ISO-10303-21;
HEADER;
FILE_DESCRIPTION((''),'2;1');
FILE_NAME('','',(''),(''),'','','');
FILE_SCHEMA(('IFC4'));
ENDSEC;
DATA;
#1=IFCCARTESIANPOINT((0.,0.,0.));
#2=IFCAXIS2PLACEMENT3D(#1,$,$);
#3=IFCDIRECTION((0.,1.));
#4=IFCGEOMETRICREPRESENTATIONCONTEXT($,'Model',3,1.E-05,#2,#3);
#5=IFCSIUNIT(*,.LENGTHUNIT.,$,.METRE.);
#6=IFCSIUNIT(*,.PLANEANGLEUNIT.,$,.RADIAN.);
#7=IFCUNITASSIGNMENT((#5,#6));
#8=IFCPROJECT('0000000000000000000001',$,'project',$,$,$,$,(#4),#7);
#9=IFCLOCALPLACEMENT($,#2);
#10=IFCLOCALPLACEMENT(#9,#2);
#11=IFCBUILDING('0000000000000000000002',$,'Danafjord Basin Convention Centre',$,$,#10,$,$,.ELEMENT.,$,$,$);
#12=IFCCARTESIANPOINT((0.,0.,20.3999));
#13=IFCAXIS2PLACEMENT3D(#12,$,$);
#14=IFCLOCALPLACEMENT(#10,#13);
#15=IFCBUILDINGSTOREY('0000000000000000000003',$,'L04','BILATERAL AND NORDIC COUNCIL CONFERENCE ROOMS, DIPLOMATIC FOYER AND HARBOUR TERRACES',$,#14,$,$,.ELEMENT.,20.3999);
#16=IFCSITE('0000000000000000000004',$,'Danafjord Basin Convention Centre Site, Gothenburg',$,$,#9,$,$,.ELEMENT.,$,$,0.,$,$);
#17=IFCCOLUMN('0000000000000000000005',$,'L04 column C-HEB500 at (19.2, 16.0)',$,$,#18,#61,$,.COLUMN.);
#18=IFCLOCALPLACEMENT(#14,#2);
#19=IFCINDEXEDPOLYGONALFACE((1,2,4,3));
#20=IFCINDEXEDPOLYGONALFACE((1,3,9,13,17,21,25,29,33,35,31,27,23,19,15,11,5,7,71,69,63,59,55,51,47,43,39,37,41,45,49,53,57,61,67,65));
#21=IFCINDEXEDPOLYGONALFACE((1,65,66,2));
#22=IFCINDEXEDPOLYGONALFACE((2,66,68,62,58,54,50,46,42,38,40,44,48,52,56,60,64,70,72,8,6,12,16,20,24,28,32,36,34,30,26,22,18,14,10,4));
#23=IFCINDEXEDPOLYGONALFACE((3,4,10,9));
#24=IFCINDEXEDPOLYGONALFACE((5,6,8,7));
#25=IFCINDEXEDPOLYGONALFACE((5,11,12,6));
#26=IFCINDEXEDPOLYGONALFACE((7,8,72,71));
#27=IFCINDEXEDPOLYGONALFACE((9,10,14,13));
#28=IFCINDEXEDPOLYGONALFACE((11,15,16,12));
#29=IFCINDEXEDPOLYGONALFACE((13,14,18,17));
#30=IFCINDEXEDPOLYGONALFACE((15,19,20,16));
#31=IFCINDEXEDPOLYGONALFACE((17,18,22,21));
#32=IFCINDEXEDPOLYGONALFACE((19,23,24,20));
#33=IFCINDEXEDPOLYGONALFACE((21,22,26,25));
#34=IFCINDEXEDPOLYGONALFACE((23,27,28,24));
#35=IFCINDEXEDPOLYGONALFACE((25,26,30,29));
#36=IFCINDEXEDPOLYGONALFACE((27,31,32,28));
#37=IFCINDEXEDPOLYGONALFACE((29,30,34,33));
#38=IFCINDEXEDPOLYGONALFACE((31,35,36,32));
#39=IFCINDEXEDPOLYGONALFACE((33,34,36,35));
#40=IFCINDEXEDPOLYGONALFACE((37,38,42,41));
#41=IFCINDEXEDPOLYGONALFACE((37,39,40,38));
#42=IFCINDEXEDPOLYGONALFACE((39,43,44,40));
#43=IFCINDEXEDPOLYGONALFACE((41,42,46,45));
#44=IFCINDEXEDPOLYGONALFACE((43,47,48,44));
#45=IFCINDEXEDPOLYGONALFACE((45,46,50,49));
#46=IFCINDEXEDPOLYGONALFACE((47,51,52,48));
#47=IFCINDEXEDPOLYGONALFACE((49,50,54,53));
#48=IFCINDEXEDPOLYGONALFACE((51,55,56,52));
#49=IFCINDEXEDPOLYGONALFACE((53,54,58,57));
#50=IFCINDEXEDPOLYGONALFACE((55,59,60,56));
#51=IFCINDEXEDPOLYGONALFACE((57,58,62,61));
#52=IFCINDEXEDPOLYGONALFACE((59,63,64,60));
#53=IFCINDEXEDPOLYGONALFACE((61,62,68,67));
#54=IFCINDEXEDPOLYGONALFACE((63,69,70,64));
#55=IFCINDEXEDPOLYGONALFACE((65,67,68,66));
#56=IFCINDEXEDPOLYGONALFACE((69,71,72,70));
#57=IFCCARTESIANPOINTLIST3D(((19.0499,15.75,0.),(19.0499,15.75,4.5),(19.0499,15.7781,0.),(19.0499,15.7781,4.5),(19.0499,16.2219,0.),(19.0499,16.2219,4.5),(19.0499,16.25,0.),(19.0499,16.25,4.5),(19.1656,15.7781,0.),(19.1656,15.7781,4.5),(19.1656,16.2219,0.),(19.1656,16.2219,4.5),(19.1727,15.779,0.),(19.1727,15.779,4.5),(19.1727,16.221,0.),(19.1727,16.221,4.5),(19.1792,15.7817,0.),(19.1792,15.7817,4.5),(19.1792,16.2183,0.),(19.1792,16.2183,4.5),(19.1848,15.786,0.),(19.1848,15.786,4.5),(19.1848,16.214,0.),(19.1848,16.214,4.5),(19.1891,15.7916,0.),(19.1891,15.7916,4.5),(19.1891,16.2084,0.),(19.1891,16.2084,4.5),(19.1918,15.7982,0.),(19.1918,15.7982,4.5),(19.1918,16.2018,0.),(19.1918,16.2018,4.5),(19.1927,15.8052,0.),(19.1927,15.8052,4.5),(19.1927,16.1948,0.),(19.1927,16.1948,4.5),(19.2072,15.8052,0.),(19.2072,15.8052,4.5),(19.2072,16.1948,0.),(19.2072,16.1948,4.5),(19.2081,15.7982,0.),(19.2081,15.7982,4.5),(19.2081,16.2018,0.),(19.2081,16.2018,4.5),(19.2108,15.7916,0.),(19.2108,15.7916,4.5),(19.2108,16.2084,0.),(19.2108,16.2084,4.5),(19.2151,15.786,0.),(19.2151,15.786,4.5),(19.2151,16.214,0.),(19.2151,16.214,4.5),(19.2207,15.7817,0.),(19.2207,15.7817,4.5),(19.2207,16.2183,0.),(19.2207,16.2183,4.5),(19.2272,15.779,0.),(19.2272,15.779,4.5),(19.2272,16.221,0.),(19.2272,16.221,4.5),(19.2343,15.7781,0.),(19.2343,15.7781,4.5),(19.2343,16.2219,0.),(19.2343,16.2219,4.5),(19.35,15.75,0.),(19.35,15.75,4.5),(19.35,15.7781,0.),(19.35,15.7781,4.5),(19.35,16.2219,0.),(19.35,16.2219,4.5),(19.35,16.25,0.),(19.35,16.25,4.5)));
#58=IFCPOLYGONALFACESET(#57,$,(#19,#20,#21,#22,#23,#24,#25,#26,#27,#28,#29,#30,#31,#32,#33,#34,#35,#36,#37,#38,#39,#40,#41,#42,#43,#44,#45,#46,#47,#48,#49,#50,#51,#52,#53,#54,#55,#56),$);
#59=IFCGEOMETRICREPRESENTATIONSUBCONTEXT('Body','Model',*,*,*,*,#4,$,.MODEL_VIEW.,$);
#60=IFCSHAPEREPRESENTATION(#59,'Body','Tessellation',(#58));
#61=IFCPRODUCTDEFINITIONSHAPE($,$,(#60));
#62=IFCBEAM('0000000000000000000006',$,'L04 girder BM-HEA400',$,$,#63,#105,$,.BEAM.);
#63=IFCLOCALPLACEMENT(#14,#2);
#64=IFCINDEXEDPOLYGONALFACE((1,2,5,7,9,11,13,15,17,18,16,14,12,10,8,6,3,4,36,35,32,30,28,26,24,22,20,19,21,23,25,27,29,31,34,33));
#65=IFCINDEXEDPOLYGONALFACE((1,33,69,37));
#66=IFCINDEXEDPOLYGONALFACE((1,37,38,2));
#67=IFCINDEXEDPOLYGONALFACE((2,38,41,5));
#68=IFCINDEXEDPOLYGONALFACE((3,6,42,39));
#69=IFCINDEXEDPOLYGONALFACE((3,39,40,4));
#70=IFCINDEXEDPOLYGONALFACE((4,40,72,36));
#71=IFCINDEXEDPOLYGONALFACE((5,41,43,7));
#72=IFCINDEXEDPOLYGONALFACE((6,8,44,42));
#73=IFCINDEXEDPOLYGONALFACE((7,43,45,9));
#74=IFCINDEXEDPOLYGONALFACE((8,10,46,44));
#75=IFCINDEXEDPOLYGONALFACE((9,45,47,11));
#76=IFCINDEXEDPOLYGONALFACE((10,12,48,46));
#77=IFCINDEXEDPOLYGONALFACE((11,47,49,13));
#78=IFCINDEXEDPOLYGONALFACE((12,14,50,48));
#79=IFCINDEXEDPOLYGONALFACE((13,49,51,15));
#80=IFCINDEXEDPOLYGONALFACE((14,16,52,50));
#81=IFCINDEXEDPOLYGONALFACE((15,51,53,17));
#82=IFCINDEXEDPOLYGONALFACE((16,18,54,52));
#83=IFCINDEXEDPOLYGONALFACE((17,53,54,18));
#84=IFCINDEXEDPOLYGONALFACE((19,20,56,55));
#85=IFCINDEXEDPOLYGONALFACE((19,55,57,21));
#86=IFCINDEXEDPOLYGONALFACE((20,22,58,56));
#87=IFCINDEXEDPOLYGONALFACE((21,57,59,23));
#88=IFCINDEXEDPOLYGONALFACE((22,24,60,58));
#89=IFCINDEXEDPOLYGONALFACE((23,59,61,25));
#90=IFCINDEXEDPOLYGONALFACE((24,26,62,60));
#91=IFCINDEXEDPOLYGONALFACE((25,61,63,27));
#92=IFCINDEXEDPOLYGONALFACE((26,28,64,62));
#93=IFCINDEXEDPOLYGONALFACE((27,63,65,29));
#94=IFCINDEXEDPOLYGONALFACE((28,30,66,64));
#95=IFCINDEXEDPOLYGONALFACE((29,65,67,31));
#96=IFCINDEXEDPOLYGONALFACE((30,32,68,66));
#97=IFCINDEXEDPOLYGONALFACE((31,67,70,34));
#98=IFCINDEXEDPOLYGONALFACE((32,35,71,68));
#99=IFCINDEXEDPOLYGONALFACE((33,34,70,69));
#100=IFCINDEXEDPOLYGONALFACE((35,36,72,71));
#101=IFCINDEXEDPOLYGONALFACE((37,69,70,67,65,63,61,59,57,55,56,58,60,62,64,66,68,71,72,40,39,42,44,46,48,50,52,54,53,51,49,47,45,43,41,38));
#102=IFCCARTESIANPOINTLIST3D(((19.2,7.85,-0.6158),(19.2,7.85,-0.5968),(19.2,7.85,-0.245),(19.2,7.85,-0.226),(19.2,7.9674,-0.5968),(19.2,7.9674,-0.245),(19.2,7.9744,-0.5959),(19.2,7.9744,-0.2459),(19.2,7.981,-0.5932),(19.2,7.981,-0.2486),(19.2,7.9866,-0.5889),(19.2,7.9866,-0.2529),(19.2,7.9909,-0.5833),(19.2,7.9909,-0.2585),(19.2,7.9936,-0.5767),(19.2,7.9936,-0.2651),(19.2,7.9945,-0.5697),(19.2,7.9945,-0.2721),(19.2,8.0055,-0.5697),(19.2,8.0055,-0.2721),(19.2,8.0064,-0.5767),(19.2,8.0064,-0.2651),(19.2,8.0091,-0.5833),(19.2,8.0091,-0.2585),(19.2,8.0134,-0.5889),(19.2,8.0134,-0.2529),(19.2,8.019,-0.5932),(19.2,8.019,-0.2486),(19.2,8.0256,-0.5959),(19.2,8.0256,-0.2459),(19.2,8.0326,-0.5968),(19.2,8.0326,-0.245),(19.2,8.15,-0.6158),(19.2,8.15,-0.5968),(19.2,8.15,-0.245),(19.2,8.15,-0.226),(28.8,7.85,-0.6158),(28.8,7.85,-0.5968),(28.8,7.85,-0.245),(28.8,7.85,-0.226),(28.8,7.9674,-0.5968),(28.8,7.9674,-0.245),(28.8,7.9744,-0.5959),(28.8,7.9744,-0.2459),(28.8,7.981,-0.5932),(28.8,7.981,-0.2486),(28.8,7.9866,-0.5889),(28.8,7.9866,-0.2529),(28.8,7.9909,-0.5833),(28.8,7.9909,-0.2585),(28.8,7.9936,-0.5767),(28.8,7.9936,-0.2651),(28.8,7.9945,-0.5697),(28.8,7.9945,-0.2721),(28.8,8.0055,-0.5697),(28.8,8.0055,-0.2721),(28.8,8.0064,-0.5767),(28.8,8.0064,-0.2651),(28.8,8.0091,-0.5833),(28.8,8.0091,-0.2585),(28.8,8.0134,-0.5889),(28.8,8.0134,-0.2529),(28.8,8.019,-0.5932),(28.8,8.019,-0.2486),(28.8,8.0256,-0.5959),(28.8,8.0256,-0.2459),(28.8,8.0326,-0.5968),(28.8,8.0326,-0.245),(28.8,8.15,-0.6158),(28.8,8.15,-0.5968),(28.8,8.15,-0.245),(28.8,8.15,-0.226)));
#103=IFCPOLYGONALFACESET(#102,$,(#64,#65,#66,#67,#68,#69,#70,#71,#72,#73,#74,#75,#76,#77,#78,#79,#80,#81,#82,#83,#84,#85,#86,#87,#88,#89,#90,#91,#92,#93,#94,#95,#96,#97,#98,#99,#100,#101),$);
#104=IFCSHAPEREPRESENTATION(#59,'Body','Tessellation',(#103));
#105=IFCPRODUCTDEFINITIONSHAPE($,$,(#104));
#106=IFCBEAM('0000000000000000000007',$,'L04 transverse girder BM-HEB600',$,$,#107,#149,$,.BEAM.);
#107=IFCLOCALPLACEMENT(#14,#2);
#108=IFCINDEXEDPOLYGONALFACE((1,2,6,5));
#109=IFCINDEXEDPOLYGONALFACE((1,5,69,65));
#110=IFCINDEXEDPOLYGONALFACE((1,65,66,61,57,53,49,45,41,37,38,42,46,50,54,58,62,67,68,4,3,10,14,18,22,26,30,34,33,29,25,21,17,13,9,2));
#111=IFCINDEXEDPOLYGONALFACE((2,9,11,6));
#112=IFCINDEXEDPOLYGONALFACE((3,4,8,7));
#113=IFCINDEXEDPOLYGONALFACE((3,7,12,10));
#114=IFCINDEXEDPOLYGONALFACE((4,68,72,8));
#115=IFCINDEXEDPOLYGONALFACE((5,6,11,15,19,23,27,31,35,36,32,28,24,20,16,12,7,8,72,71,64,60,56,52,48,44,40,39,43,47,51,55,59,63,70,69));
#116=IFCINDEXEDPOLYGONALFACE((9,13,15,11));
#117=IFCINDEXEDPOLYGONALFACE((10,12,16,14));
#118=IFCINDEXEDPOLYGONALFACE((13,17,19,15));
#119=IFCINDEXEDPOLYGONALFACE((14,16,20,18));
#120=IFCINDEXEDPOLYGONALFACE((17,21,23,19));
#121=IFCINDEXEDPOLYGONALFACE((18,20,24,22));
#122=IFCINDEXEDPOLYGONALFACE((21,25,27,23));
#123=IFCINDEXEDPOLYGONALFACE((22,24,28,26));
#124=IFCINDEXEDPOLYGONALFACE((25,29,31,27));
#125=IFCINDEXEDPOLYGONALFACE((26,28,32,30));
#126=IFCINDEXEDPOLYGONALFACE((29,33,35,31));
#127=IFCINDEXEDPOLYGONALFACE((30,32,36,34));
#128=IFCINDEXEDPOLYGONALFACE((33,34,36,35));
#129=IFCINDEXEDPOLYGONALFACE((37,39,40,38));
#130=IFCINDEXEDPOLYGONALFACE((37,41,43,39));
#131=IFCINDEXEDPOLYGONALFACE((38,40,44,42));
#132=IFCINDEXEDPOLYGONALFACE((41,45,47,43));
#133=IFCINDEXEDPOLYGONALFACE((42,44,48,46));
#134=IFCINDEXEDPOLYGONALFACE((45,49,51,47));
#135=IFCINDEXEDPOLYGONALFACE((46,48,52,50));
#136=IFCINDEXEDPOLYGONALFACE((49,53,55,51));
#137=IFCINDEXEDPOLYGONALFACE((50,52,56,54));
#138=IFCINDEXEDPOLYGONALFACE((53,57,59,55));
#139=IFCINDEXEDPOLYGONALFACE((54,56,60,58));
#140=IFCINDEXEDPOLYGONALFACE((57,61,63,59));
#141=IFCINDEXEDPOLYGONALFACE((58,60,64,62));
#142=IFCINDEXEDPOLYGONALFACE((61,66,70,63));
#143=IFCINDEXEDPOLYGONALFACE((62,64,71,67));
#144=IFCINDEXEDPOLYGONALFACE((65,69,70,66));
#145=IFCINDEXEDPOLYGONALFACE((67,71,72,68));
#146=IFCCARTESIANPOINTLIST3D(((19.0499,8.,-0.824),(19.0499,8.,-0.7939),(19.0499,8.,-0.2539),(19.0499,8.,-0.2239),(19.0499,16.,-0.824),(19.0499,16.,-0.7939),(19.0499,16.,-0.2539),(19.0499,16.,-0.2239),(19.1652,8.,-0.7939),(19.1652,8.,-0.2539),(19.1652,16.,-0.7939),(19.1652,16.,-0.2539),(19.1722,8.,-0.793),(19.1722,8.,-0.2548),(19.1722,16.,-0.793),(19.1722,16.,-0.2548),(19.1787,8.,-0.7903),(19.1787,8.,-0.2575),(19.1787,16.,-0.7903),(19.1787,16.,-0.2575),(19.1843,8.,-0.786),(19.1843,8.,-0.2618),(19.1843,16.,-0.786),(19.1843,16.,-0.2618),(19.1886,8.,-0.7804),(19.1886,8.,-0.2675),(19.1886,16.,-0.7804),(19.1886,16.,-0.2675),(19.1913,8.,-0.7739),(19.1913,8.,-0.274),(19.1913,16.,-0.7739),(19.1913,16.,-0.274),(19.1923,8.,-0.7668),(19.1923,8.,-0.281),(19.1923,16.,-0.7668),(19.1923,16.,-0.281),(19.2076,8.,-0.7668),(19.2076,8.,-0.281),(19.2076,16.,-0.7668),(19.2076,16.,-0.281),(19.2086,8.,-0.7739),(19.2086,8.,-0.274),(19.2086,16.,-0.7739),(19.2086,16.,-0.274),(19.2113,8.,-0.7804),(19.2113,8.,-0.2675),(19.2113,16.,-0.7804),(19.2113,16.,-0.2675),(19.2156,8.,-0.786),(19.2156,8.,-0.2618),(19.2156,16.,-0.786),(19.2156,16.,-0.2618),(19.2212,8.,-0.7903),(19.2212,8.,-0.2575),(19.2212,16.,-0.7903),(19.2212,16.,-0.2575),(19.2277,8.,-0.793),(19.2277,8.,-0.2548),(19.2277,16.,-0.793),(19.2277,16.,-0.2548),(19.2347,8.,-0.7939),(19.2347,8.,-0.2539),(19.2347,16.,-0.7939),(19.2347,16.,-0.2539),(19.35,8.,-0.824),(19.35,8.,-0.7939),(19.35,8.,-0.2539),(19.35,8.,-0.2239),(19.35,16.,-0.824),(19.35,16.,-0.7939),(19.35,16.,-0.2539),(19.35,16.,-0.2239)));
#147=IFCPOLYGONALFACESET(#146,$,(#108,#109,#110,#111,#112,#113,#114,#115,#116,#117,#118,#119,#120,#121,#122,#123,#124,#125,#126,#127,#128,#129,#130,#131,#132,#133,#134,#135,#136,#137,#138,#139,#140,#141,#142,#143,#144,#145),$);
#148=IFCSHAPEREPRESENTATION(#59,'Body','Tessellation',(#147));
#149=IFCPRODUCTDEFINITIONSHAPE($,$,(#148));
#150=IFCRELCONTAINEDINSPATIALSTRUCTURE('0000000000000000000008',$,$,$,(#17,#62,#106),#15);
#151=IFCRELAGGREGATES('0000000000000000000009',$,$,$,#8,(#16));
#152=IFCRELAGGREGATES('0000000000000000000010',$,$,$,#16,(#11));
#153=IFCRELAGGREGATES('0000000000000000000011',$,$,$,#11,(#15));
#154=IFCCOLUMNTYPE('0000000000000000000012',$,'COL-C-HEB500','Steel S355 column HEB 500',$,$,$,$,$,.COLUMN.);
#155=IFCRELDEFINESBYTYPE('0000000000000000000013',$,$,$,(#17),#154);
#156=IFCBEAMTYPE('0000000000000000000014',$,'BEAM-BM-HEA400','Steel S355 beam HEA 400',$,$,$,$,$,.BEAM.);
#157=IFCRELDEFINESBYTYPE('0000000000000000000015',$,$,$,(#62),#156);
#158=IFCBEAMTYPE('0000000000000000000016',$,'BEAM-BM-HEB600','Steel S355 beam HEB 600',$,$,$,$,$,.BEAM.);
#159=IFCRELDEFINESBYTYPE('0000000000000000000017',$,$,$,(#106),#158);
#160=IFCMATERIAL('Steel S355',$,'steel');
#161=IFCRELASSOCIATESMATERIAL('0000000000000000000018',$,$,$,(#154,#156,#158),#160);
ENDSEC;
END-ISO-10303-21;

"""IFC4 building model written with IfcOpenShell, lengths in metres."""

from ifc_helpers import new_model, si_unit, direction, frame, origin, origin_2d, place, context, subcontext, project, spatial, i_section, extrude, material, material_profile, profile_set, type_object, element, save


model = new_model("IFC4")

# Units and contexts
model_context = context("Model", 3, precision=1e-05, world=origin(), true_north=direction((0.0, 1.0)))
body_context = subcontext(model_context, "Body", "Model", "MODEL_VIEW")
ifc_project = project(units=[si_unit("LENGTHUNIT", "METRE"), si_unit("PLANEANGLEUNIT", "RADIAN")], contexts=[model_context])

# Site, building, storey
site_placement = place(None, origin())
site = spatial("IfcSite", under=ifc_project, at=site_placement, Name="Danafjord Basin Convention Centre Site, Gothenburg", CompositionType="ELEMENT", RefElevation=0.0)
building_placement = place(site_placement, origin())
building = spatial("IfcBuilding", under=site, at=building_placement, Name="Danafjord Basin Convention Centre", CompositionType="ELEMENT")
storey_placement = place(building_placement, frame((0.0, 0.0, 20.3999)))
storey = spatial("IfcBuildingStorey", under=building, at=storey_placement, Name="L04", Description="BILATERAL AND NORDIC COUNCIL CONFERENCE ROOMS, DIPLOMATIC FOYER AND HARBOUR TERRACES", CompositionType="ELEMENT", Elevation=20.3999)

# Column
ifc_material_1 = material(Name="Steel S355", Category="steel")
ifc_material_profile_1 = material_profile(ifc_material_1, i_section(OverallWidth=0.3, OverallDepth=0.5, WebThickness=0.0144, FlangeThickness=0.0281, FilletRadius=0.0271, at=origin_2d()), Name="HEB 500")
ifc_profile_set_1 = profile_set([ifc_material_profile_1], Name="Steel S355")
column_type_1 = type_object("IfcColumnType", Name="COL-C-HEB500", Description="Steel S355 column HEB 500", PredefinedType="COLUMN", material=ifc_profile_set_1)
column_1_placement = place(storey_placement, frame((19.2, 16.0, 0.0), z_axis=(0.0, 0.0, 1.0), x_axis=(1.0, 0.0, 0.0)))
element("IfcColumn", 1, at=column_1_placement, inside=storey, type_object=column_type_1, Name="L04 column C-HEB500 at (19.2, 16.0)", PredefinedType="COLUMN", context=body_context, shape_type="SweptSolid", body=[
    extrude(i_section(OverallWidth=0.3, OverallDepth=0.5, WebThickness=0.0144, FlangeThickness=0.0281, FilletRadius=0.0271, at=origin_2d()), origin(), (0.0, 0.0, 1.0), 4.5),
])

# Beams
ifc_material_profile_2 = material_profile(ifc_material_1, i_section(OverallWidth=0.3, OverallDepth=0.3899, WebThickness=0.011, FlangeThickness=0.019, FilletRadius=0.0271, at=origin_2d()), Name="HEA 400")
ifc_profile_set_2 = profile_set([ifc_material_profile_2], Name="Steel S355")
beam_type_1 = type_object("IfcBeamType", Name="BEAM-BM-HEA400", Description="Steel S355 beam HEA 400", PredefinedType="BEAM", material=ifc_profile_set_2)
beam_1_placement = place(storey_placement, frame((19.2, 8.0, -0.4209), z_axis=(1.0, 0.0, 0.0), x_axis=(0.0, 1.0, 0.0)))
element("IfcBeam", 2, at=beam_1_placement, inside=storey, type_object=beam_type_1, Name="L04 girder BM-HEA400", PredefinedType="BEAM", context=body_context, shape_type="SweptSolid", body=[
    extrude(i_section(OverallWidth=0.3, OverallDepth=0.3899, WebThickness=0.011, FlangeThickness=0.019, FilletRadius=0.0271, at=origin_2d()), origin(), (0.0, 0.0, 1.0), 9.6001),
])
ifc_material_profile_3 = material_profile(ifc_material_1, i_section(OverallWidth=0.3, OverallDepth=0.6001, WebThickness=0.0154, FlangeThickness=0.03, FilletRadius=0.0271, at=origin_2d()), Name="HEB 600")
ifc_profile_set_3 = profile_set([ifc_material_profile_3], Name="Steel S355")
beam_type_2 = type_object("IfcBeamType", Name="BEAM-BM-HEB600", Description="Steel S355 beam HEB 600", PredefinedType="BEAM", material=ifc_profile_set_3)
beam_2_placement = place(storey_placement, frame((19.2, 8.0, -0.5239), z_axis=(0.0, 1.0, 0.0), x_axis=(-1.0, 0.0, 0.0)))
element("IfcBeam", 3, at=beam_2_placement, inside=storey, type_object=beam_type_2, Name="L04 transverse girder BM-HEB600", PredefinedType="BEAM", context=body_context, shape_type="SweptSolid", body=[
    extrude(i_section(OverallWidth=0.3, OverallDepth=0.6001, WebThickness=0.0154, FlangeThickness=0.03, FilletRadius=0.0271, at=origin_2d()), origin(), (0.0, 0.0, 1.0), 8.0),
])

save(model, "model.ifc")
